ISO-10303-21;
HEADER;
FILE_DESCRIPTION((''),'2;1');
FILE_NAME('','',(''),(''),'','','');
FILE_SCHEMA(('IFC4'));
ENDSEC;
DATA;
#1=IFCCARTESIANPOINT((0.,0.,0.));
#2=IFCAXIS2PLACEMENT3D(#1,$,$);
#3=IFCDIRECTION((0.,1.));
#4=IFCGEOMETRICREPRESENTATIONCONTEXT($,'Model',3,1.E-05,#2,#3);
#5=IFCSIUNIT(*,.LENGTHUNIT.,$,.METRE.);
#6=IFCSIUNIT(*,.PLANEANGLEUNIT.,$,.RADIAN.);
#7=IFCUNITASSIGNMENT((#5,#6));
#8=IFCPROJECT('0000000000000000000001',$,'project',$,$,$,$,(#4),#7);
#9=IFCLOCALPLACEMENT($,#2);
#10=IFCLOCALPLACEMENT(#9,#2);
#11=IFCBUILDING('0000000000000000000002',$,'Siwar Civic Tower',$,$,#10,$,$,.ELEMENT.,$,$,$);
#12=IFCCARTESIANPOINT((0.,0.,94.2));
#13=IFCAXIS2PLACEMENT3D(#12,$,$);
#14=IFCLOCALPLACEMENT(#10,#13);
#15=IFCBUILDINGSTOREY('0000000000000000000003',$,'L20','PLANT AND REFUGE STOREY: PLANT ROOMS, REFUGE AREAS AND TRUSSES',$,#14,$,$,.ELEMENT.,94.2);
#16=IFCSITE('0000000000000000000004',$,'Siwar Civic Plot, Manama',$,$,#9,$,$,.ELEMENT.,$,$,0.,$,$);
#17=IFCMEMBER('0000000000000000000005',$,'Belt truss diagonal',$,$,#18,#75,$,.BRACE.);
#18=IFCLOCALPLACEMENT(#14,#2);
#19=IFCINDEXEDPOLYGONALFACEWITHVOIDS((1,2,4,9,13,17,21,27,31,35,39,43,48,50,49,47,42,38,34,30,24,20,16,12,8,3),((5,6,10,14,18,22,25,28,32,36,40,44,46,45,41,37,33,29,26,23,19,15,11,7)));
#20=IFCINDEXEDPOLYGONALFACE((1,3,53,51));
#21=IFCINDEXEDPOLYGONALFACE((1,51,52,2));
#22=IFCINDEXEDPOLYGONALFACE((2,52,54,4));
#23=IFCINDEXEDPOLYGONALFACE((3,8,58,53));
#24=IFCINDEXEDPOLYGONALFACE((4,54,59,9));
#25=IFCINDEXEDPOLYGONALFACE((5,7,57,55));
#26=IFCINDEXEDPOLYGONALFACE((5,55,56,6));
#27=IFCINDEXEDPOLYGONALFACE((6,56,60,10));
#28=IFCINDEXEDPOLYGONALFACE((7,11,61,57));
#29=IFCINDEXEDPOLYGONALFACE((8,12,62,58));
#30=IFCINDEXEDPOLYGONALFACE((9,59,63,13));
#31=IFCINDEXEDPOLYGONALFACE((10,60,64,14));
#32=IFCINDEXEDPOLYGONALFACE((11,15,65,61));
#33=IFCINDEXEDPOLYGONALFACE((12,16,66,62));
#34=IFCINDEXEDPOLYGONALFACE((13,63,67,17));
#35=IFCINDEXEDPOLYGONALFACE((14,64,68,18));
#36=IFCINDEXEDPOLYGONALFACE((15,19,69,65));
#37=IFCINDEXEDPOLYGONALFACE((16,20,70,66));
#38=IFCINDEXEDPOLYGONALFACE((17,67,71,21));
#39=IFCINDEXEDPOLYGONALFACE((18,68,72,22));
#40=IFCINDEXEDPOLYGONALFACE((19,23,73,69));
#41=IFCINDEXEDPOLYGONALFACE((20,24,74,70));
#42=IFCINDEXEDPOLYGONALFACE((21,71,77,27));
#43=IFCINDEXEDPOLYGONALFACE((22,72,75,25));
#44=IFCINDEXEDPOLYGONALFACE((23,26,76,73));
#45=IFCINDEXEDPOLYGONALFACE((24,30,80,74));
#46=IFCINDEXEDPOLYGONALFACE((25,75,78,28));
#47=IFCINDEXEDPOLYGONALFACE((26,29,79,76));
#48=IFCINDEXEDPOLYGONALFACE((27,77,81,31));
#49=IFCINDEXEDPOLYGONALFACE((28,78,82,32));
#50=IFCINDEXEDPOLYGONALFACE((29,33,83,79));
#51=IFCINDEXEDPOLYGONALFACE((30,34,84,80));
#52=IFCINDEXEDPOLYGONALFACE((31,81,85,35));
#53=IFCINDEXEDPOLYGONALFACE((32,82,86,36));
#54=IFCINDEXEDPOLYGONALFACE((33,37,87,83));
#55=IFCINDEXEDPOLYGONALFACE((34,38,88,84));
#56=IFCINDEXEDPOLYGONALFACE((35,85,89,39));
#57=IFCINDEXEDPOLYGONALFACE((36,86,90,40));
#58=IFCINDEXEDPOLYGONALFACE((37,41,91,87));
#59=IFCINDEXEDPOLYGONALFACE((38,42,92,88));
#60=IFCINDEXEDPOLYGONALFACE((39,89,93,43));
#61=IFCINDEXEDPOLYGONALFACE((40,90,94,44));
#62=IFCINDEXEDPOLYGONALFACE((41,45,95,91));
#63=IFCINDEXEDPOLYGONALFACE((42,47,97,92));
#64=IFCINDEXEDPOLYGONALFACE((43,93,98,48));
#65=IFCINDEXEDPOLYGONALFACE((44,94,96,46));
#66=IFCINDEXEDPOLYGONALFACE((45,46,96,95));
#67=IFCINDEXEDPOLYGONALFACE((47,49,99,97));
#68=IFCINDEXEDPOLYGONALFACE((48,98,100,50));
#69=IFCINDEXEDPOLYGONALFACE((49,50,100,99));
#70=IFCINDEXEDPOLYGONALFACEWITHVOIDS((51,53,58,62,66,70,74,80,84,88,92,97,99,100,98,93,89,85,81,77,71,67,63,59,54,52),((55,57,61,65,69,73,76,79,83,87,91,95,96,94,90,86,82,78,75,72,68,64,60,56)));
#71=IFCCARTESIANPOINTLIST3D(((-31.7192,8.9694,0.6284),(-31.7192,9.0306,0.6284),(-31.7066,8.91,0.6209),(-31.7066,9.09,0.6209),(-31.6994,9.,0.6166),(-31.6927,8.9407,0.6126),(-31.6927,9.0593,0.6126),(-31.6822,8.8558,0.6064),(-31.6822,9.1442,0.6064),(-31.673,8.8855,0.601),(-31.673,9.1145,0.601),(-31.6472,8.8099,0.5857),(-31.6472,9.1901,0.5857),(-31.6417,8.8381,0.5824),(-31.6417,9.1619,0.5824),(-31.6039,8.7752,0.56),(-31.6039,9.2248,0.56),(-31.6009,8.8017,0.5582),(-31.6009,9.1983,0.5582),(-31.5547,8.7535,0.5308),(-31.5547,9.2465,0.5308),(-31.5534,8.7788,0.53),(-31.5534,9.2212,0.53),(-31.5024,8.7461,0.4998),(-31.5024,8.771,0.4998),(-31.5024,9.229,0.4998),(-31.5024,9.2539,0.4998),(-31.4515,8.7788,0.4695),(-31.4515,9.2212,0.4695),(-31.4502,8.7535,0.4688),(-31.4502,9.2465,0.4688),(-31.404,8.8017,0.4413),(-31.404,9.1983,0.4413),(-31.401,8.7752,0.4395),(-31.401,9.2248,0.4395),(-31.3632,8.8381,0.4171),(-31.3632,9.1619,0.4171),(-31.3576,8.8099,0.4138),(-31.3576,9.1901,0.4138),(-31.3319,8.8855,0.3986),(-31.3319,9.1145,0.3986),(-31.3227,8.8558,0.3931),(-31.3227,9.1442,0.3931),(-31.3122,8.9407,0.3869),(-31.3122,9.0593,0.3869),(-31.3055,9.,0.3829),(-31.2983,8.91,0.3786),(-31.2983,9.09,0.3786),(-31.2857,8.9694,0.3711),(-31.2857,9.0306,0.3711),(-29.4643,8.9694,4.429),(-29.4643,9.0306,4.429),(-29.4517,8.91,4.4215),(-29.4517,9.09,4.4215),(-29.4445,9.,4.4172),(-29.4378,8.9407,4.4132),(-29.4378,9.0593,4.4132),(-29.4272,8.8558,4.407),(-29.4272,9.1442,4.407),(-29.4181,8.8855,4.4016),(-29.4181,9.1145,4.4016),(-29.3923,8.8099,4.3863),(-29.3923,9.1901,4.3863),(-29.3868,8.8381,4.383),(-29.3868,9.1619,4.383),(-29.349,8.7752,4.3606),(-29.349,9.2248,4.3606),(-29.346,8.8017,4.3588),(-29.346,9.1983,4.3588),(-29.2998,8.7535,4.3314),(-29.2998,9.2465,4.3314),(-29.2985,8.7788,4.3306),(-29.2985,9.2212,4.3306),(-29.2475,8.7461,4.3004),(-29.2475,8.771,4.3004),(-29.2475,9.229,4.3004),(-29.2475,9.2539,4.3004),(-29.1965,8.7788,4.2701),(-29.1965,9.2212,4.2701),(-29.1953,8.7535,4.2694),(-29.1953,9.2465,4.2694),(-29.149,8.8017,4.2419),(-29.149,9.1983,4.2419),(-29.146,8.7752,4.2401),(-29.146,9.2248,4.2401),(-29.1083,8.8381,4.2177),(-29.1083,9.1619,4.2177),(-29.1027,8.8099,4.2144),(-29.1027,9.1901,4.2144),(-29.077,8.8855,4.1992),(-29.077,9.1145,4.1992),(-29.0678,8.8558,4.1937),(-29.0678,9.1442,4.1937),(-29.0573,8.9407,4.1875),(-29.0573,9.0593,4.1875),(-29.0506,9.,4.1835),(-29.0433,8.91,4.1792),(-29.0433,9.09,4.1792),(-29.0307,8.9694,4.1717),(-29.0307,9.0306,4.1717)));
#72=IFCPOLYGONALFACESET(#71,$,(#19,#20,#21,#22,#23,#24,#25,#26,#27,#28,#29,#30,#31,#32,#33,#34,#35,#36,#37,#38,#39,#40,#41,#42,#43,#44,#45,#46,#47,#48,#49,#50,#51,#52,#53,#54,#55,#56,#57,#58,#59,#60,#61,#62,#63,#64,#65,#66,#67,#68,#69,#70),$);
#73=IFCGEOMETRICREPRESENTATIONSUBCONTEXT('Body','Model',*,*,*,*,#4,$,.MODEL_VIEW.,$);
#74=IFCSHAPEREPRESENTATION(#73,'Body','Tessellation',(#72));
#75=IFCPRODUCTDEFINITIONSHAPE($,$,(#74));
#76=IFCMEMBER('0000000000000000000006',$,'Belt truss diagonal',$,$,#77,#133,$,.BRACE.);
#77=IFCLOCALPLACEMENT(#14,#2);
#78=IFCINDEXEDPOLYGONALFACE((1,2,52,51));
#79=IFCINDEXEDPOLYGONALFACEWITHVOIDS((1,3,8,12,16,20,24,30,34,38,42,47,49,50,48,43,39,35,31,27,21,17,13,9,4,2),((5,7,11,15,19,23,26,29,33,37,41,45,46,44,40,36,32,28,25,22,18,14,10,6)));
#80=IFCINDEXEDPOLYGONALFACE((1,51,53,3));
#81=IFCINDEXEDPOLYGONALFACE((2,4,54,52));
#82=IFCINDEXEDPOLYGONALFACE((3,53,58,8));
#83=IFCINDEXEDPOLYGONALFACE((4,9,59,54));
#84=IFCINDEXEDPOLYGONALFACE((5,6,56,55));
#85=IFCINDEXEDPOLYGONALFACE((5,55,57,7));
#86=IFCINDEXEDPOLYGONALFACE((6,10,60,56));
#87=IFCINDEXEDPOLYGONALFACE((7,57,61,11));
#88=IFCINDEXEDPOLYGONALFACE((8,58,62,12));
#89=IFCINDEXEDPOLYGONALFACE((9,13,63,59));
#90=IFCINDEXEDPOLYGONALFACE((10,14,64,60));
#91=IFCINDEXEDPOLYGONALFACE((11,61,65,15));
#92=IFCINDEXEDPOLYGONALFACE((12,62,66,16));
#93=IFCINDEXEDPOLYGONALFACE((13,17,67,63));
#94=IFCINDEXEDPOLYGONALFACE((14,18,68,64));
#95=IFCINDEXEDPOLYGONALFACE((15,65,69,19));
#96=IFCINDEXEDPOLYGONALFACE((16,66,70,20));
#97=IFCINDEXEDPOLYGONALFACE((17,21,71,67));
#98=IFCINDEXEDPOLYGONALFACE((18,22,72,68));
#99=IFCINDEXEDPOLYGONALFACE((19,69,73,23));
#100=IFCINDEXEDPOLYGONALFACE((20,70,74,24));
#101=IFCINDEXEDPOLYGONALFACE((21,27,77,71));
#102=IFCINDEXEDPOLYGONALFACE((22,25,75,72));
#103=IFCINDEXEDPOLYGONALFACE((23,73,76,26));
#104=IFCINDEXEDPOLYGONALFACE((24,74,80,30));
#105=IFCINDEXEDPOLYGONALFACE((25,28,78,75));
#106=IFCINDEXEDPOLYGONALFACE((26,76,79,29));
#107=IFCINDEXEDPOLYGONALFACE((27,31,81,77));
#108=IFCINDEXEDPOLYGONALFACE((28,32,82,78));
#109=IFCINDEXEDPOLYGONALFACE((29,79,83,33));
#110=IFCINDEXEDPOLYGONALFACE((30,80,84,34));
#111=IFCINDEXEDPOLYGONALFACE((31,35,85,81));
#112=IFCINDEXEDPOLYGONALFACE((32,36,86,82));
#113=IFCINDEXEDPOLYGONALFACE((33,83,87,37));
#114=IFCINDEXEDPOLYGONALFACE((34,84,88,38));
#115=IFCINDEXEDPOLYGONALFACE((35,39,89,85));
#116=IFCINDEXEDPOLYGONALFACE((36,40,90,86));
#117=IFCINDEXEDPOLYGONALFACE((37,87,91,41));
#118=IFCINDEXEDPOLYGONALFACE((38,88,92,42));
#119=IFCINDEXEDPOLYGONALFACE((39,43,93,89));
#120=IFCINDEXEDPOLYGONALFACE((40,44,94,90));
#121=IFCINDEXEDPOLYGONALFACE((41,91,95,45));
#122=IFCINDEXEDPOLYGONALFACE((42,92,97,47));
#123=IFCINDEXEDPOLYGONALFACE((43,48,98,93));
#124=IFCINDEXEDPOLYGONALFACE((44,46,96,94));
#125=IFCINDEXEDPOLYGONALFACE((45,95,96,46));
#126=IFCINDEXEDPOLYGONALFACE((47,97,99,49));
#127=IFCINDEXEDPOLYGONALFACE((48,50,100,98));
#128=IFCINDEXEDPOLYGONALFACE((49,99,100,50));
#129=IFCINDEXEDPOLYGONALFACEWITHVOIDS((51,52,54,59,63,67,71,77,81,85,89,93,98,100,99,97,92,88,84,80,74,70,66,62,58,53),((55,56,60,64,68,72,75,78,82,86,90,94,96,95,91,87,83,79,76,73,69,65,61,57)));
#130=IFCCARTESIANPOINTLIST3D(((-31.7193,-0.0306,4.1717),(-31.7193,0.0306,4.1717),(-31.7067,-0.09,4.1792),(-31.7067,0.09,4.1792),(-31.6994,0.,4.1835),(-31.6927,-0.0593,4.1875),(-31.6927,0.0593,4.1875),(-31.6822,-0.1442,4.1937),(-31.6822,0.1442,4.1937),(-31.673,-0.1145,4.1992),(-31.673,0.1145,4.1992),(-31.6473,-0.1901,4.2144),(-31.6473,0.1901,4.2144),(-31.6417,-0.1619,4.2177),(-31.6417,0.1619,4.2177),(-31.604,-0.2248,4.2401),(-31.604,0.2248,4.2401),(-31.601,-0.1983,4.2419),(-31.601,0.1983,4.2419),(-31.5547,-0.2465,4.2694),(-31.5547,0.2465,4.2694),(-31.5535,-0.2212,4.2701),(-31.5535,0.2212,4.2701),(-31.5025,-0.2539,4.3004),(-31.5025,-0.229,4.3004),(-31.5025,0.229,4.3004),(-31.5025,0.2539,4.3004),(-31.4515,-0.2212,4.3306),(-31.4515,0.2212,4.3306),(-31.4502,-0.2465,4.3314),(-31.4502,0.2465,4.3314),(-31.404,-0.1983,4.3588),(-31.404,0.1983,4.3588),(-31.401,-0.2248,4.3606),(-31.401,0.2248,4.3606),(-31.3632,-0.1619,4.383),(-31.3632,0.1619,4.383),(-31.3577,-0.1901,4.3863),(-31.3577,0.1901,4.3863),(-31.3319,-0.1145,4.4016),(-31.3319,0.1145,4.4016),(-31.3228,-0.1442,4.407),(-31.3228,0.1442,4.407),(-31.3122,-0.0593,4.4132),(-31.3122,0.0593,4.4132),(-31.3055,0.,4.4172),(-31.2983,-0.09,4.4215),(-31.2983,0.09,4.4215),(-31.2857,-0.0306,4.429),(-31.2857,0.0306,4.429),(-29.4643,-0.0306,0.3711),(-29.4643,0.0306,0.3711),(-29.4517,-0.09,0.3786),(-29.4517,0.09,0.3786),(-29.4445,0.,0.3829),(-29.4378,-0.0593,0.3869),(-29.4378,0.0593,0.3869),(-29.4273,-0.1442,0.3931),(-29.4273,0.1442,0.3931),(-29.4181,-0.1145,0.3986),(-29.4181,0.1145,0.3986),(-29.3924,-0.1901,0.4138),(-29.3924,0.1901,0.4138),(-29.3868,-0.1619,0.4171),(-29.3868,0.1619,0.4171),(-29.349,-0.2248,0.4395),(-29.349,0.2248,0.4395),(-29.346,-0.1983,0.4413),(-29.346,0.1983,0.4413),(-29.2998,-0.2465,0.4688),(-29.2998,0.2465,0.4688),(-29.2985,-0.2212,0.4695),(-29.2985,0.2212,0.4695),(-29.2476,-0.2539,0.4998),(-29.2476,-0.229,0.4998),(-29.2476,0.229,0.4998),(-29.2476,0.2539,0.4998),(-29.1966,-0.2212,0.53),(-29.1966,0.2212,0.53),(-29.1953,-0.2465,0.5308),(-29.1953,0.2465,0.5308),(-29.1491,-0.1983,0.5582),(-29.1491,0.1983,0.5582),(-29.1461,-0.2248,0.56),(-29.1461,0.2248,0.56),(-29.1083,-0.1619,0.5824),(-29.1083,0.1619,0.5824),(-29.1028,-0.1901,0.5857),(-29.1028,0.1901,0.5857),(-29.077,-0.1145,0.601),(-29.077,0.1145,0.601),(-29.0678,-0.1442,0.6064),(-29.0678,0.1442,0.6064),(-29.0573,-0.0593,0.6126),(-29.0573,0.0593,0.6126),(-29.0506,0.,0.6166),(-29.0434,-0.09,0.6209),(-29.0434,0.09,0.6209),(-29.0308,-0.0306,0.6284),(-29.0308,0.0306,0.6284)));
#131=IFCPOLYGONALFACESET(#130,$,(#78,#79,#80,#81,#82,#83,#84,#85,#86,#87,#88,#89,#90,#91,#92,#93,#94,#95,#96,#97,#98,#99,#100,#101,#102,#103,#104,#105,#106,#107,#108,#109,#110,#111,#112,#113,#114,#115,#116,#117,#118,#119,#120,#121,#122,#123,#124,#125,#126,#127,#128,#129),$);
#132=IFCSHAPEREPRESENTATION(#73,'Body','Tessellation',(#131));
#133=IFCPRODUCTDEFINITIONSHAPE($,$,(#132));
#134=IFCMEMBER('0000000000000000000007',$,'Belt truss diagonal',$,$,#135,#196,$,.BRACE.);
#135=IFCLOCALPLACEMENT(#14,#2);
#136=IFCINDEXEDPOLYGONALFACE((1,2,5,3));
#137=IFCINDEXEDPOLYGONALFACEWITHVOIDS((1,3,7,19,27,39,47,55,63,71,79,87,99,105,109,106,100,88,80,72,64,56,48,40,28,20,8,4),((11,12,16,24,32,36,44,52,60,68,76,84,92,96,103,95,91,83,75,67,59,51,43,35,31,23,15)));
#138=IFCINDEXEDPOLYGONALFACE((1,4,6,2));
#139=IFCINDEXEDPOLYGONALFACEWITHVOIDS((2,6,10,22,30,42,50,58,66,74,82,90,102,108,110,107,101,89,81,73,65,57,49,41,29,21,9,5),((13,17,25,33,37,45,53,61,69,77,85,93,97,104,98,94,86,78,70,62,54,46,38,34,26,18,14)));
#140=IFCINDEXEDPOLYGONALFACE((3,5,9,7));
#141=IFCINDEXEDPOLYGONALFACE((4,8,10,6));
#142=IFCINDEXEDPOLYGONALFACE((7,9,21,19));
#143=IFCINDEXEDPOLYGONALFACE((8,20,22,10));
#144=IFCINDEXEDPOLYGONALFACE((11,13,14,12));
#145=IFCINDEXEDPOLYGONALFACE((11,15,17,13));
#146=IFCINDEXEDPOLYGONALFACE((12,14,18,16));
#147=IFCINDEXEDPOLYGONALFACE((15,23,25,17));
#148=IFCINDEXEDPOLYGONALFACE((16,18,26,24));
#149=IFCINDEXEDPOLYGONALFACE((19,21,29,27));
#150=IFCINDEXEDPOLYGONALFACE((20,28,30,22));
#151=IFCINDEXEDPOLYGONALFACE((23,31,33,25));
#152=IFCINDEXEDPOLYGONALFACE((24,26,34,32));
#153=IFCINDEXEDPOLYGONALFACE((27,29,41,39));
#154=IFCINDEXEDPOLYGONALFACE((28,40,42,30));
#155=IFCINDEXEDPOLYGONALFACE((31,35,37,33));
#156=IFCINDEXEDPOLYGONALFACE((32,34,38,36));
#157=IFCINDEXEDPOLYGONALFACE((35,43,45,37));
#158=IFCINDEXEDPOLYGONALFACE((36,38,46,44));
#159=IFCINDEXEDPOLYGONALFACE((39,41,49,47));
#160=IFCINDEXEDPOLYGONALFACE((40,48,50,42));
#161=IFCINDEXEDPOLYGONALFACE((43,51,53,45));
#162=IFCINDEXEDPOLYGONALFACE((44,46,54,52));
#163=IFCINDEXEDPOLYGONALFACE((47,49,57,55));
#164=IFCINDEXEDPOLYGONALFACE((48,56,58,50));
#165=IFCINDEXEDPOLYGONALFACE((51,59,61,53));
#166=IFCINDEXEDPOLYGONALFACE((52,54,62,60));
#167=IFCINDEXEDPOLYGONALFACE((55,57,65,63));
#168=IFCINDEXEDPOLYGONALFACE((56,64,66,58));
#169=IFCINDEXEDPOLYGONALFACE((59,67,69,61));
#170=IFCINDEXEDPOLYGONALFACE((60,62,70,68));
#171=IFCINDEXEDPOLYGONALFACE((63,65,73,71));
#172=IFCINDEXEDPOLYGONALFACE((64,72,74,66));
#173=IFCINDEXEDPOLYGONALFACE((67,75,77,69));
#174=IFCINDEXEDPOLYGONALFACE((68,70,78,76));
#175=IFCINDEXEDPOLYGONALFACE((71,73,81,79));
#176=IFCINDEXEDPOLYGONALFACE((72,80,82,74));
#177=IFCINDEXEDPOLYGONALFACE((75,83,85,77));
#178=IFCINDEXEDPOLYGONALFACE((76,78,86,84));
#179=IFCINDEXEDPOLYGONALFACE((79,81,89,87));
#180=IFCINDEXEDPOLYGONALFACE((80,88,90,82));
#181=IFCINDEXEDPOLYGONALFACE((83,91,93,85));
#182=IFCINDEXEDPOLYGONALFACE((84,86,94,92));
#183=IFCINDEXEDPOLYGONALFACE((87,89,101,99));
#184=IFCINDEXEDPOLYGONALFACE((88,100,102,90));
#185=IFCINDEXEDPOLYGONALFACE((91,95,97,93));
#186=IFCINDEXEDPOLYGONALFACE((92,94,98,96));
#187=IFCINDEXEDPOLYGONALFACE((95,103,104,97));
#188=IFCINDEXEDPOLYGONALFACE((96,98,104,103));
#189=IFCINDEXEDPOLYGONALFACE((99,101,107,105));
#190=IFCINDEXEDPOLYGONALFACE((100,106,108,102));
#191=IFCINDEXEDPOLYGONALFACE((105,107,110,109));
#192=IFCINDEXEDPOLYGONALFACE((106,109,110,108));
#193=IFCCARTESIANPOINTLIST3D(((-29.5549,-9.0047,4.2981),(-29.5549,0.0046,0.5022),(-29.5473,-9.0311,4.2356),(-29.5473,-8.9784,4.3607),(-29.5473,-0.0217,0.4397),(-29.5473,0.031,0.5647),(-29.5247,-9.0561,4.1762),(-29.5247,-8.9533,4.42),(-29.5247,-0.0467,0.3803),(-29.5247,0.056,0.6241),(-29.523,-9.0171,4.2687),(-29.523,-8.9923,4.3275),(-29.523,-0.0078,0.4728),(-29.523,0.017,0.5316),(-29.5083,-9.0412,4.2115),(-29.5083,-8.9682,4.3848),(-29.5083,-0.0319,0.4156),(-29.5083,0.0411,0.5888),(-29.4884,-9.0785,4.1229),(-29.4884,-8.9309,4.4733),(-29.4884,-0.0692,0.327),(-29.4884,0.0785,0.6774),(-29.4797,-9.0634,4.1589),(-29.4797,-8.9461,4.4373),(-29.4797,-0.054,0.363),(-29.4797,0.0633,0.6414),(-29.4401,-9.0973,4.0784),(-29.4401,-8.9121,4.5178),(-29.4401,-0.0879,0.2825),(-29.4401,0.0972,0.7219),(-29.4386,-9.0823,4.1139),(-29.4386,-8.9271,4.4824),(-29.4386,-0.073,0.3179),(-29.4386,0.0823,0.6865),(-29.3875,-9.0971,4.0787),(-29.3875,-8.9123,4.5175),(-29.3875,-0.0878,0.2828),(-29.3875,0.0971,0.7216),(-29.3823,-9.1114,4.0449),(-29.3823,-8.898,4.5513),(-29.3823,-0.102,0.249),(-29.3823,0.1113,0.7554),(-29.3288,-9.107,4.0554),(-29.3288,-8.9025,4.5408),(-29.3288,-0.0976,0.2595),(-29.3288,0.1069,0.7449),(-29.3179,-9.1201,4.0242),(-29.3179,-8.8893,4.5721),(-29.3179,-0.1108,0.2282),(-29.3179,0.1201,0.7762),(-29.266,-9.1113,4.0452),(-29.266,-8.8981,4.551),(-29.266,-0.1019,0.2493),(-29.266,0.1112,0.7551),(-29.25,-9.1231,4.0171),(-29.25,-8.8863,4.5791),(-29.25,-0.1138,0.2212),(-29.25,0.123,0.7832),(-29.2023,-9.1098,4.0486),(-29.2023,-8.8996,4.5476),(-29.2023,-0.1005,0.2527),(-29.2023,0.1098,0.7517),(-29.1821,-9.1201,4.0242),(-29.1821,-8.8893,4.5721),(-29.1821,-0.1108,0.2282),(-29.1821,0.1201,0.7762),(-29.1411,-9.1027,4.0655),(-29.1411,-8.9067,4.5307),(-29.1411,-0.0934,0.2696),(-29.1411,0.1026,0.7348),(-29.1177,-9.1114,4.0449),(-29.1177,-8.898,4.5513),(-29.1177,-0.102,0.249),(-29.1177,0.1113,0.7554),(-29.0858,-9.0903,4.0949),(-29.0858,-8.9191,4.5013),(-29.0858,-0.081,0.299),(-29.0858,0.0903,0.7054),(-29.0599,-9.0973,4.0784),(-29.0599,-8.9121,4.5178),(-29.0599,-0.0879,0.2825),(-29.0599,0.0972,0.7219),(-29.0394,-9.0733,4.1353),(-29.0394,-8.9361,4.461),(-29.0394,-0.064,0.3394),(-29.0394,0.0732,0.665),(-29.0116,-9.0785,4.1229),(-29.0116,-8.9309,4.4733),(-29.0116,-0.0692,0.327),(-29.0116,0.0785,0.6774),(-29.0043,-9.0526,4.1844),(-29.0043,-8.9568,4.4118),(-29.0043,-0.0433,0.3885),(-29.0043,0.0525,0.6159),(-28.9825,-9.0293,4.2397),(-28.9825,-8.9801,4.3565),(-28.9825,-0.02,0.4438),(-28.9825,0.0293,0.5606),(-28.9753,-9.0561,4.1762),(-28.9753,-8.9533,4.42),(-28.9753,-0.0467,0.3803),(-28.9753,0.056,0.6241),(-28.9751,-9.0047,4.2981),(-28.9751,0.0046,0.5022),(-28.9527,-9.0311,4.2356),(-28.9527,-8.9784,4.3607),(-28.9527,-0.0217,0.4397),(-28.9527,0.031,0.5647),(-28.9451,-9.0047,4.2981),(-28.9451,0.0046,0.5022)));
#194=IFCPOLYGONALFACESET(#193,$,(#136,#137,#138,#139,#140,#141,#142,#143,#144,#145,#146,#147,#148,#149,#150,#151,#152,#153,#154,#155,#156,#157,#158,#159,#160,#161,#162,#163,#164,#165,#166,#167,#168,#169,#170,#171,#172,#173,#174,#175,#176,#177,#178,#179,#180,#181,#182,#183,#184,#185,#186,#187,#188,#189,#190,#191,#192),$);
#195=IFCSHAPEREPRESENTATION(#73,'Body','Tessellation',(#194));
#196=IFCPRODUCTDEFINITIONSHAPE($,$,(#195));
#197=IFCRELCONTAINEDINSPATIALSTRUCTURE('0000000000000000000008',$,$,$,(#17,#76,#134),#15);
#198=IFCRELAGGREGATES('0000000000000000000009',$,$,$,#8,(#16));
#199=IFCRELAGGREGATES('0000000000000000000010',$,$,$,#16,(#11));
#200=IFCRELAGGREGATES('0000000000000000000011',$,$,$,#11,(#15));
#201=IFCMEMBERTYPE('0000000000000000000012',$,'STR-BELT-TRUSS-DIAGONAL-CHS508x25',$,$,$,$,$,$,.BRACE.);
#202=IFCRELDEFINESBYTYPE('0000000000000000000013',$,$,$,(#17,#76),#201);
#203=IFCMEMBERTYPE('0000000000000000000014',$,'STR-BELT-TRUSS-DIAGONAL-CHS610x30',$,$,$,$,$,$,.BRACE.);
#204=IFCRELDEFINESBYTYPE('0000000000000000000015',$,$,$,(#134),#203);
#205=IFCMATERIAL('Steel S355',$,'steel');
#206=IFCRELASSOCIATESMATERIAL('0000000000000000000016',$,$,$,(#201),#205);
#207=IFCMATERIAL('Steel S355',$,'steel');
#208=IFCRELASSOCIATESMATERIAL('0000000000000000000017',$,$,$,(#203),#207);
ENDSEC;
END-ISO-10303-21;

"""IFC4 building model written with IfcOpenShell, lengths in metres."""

from ifc_helpers import new_model, si_unit, direction, frame, origin, origin_2d, place, context, subcontext, project, spatial, hollow_circle, extrude, material, material_profile, profile_set, type_object, element, save


model = new_model("IFC4")

# Units and contexts
model_context = context("Model", 3, precision=1e-05, world=origin(), true_north=direction((0.0, 1.0)))
body_context = subcontext(model_context, "Body", "Model", "MODEL_VIEW")
ifc_project = project(units=[si_unit("LENGTHUNIT", "METRE"), si_unit("PLANEANGLEUNIT", "RADIAN")], contexts=[model_context])

# Site, building, storey
site_placement = place(None, origin())
site = spatial("IfcSite", under=ifc_project, at=site_placement, Name="Siwar Civic Plot, Manama", CompositionType="ELEMENT", RefElevation=0.0)
building_placement = place(site_placement, origin())
building = spatial("IfcBuilding", under=site, at=building_placement, Name="Siwar Civic Tower", CompositionType="ELEMENT")
storey_placement = place(building_placement, frame((0.0, 0.0, 94.2)))
storey = spatial("IfcBuildingStorey", under=building, at=storey_placement, Name="L20", Description="PLANT AND REFUGE STOREY: PLANT ROOMS, REFUGE AREAS AND TRUSSES", CompositionType="ELEMENT", Elevation=94.2)

# Members
ifc_material_1 = material(Name="Steel S355", Category="steel")
ifc_material_profile_1 = material_profile(ifc_material_1, hollow_circle(Radius=0.2539, WallThickness=0.0249, at=origin_2d()), Name="CHS508x25")
ifc_profile_set_1 = profile_set([ifc_material_profile_1], Name="Steel S355")
member_type_1 = type_object("IfcMemberType", Name="STR-BELT-TRUSS-DIAGONAL-CHS508x25", PredefinedType="BRACE", material=ifc_profile_set_1)
for number, where, z_axis, x_axis, name in (
    (1, (-31.5024, 9.0, 0.4998), (0.510257, 0.0, 0.860022), (0.0, 1.0, 0.0), "Belt truss diagonal"),
    (2, (-29.2476, 0.0, 0.4998), (-0.510257, 0.0, 0.860022), (0.0, -1.0, 0.0), "Belt truss diagonal"),
):
    element("IfcMember", number, at=place(storey_placement, frame(where, z_axis=z_axis, x_axis=x_axis)), inside=storey, type_object=member_type_1, Name=name, PredefinedType="BRACE", context=body_context, shape_type="SweptSolid", body=[
        extrude(hollow_circle(Radius=0.2539, WallThickness=0.0249, at=origin_2d()), origin(), (0.0, 0.0, 1.0), 4.4192),
    ])
ifc_material_2 = material(Name="Steel S355", Category="steel")
ifc_material_profile_2 = material_profile(ifc_material_2, hollow_circle(Radius=0.3049, WallThickness=0.03, at=origin_2d()), Name="CHS610x30")
ifc_profile_set_2 = profile_set([ifc_material_profile_2], Name="Steel S355")
member_type_2 = type_object("IfcMemberType", Name="STR-BELT-TRUSS-DIAGONAL-CHS610x30", PredefinedType="BRACE", material=ifc_profile_set_2)
member_1_placement = place(storey_placement, frame((-29.25, 0.0046, 0.5022), z_axis=(0.0, -0.921543, 0.388276), x_axis=(1.0, 0.0, 0.0)))
element("IfcMember", 3, at=member_1_placement, inside=storey, type_object=member_type_2, Name="Belt truss diagonal", PredefinedType="BRACE", context=body_context, shape_type="SweptSolid", body=[
    extrude(hollow_circle(Radius=0.3049, WallThickness=0.03, at=origin_2d()), origin(), (0.0, 0.0, 1.0), 9.7764),
])

save(model, "model.ifc")
